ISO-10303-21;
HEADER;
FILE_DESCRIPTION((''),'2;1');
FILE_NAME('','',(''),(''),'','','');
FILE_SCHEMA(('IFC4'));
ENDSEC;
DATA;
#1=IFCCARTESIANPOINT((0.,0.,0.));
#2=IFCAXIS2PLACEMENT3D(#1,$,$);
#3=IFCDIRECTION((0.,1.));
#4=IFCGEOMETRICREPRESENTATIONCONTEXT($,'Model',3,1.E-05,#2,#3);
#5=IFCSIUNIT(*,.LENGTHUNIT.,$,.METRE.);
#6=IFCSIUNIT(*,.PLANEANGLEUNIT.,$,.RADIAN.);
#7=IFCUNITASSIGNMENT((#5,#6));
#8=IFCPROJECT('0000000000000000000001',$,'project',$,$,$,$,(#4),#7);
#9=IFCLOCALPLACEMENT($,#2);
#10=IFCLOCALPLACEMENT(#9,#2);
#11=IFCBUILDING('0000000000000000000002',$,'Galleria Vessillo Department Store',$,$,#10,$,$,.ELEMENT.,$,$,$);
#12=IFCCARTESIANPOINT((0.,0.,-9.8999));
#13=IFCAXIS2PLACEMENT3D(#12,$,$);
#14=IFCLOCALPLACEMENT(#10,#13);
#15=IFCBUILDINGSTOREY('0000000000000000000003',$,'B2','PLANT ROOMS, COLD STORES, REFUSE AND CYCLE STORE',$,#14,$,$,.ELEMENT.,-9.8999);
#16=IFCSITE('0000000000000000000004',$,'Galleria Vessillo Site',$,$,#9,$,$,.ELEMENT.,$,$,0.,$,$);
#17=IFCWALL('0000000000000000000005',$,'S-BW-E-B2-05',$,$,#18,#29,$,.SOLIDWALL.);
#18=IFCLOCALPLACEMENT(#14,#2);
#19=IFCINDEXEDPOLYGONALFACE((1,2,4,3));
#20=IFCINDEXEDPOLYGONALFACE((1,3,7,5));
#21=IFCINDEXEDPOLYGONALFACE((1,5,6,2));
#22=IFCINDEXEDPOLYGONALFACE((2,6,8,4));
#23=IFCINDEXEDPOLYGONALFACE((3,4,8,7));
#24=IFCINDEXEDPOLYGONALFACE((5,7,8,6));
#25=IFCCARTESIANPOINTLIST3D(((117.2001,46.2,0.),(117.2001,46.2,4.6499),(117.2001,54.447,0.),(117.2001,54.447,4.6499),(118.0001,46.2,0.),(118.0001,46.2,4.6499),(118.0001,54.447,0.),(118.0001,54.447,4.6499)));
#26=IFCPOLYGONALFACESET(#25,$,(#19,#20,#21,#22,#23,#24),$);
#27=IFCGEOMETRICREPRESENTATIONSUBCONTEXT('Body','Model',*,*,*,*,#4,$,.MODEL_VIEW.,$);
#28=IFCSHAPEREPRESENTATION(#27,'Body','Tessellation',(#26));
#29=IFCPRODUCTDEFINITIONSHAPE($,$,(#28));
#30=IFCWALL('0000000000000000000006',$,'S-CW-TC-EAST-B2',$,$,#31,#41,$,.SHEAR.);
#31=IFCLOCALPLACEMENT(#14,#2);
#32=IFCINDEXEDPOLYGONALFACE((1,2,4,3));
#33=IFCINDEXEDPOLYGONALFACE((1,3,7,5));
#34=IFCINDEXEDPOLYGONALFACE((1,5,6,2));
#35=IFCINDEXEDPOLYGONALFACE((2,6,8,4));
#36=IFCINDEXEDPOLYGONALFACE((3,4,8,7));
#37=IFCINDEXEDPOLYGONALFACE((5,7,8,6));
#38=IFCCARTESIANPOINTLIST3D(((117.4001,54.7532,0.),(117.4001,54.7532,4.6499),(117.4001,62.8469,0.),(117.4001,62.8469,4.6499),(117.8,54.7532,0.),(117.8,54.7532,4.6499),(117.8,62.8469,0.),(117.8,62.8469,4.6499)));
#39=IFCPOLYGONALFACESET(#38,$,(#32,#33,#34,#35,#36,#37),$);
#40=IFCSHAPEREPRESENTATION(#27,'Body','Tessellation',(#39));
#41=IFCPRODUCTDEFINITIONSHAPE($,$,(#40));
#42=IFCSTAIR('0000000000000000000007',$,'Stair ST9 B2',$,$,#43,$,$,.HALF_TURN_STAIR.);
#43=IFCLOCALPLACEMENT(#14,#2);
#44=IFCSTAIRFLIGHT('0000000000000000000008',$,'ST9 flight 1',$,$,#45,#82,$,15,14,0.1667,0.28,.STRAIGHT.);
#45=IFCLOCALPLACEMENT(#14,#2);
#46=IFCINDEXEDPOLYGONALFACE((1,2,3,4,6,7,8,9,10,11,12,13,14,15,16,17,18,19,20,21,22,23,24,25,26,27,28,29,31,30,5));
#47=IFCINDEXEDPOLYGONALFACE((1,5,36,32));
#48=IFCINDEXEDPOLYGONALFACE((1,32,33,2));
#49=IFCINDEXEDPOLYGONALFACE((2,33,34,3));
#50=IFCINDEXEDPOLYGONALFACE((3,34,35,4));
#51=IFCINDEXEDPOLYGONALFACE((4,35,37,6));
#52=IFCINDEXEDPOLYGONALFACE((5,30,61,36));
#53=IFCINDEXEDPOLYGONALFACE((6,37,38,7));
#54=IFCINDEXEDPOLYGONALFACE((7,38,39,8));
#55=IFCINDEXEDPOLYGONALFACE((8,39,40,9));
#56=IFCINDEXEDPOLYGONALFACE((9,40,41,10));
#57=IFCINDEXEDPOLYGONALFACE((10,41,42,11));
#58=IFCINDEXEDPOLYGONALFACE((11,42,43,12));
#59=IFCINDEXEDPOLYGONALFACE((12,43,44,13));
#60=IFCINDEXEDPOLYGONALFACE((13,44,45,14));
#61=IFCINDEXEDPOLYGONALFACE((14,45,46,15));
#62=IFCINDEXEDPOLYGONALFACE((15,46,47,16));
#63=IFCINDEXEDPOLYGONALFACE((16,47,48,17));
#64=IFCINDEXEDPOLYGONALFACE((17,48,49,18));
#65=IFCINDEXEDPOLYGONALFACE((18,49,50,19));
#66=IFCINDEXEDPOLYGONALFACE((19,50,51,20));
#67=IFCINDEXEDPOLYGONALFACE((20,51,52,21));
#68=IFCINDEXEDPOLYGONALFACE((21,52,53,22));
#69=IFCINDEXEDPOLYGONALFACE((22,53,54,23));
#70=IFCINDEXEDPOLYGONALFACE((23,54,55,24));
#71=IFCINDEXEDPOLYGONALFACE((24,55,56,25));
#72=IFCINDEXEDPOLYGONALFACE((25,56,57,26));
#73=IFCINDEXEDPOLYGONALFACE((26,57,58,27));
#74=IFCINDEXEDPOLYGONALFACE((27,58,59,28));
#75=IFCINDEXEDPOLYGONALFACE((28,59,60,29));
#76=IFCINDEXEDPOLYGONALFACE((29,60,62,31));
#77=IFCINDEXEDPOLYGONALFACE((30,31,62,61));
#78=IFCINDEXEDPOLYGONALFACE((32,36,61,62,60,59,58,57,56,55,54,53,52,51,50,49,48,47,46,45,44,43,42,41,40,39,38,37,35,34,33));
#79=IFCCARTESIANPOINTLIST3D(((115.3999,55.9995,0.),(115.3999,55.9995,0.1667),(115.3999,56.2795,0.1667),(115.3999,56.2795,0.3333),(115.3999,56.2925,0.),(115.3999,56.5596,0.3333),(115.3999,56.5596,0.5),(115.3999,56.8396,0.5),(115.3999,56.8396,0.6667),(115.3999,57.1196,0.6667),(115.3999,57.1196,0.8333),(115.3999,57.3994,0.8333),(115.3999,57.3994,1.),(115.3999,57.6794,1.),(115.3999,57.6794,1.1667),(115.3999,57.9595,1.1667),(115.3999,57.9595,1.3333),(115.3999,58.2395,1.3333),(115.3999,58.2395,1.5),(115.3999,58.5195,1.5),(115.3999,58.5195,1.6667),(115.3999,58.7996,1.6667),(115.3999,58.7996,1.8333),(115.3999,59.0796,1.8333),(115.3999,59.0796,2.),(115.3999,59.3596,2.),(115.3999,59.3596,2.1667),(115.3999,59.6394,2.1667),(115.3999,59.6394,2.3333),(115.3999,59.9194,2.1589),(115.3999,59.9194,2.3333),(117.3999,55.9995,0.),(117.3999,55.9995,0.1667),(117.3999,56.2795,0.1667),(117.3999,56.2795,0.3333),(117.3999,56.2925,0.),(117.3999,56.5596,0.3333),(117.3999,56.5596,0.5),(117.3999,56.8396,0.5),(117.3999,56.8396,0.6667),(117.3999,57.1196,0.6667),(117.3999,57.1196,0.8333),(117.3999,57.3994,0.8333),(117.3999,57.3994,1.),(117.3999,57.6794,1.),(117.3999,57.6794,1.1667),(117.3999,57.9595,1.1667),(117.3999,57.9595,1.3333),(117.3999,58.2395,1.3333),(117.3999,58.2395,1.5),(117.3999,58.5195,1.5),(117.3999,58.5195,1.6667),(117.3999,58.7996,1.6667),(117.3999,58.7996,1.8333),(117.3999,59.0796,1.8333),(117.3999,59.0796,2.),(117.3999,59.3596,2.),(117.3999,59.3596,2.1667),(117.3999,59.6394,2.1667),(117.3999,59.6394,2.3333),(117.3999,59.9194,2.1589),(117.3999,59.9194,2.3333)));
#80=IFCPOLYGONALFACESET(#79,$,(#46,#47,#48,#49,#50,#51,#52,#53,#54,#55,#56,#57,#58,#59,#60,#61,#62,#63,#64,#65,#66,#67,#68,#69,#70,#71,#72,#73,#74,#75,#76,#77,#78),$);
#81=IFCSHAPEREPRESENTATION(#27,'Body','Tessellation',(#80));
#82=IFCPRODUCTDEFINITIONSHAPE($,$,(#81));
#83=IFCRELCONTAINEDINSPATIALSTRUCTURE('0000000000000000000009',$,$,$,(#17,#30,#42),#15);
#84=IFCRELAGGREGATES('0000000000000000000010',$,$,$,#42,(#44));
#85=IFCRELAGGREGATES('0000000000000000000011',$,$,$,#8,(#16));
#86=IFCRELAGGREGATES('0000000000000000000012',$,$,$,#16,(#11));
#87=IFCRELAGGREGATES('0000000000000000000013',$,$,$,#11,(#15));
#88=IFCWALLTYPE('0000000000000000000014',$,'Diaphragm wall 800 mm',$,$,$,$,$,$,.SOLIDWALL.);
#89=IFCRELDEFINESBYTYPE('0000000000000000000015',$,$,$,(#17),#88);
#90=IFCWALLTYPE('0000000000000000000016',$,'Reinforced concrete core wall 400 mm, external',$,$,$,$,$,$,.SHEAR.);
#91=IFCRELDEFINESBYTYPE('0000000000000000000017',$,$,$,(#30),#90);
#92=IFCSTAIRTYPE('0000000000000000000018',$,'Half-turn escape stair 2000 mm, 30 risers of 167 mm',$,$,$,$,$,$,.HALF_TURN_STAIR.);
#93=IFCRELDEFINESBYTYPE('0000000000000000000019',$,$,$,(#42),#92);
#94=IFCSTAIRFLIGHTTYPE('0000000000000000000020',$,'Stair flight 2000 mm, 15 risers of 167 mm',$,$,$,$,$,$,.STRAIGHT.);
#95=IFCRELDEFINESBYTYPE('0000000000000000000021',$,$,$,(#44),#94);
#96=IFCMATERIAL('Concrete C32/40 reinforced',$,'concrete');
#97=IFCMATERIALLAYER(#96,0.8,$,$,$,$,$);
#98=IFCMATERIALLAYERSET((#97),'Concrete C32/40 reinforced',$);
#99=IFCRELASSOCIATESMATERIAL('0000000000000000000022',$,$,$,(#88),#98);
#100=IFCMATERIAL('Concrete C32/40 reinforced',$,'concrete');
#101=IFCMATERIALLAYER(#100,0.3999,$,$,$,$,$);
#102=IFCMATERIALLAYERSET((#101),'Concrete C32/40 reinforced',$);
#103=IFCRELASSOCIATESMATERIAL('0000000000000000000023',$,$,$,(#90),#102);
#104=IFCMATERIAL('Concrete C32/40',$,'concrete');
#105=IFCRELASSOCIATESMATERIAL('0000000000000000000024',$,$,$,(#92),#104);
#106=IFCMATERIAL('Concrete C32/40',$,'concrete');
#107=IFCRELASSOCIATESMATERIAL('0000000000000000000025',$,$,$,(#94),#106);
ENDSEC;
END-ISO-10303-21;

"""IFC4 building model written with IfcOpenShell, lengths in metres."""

from ifc_helpers import new_model, si_unit, direction, frame, frame_2d, origin, place, context, subcontext, project, spatial, polyline, rectangle, outline, extrude, material, layer, layer_set, type_object, element, aggregate, save


model = new_model("IFC4")

# Units and contexts
model_context = context("Model", 3, precision=1e-05, world=origin(), true_north=direction((0.0, 1.0)))
body_context = subcontext(model_context, "Body", "Model", "MODEL_VIEW")
ifc_project = project(units=[si_unit("LENGTHUNIT", "METRE"), si_unit("PLANEANGLEUNIT", "RADIAN")], contexts=[model_context])

# Site, building, storey
site_placement = place(None, origin())
site = spatial("IfcSite", under=ifc_project, at=site_placement, Name="Galleria Vessillo Site", CompositionType="ELEMENT", RefElevation=0.0)
building_placement = place(site_placement, origin())
building = spatial("IfcBuilding", under=site, at=building_placement, Name="Galleria Vessillo Department Store", CompositionType="ELEMENT")
storey_placement = place(building_placement, frame((0.0, 0.0, -9.8999)))
storey = spatial("IfcBuildingStorey", under=building, at=storey_placement, Name="B2", Description="PLANT ROOMS, COLD STORES, REFUSE AND CYCLE STORE", CompositionType="ELEMENT", Elevation=-9.8999)

# Walls
ifc_material_1 = material(Name="Concrete C32/40 reinforced", Category="concrete")
ifc_layer_1 = layer(ifc_material_1, 0.8)
ifc_layer_set_1 = layer_set([ifc_layer_1], Name="Concrete C32/40 reinforced")
wall_type_1 = type_object("IfcWallType", Name="Diaphragm wall 800 mm", PredefinedType="SOLIDWALL", material=ifc_layer_set_1)
wall_1_placement = place(storey_placement, frame((117.6001, 46.2, 0.0), z_axis=(0.0, 0.0, 1.0), x_axis=(0.0, 1.0, 0.0)))
element("IfcWall", 1, at=wall_1_placement, inside=storey, type_object=wall_type_1, Name="S-BW-E-B2-05", PredefinedType="SOLIDWALL", context=body_context, shape_type="SweptSolid", body=[
    extrude(rectangle(XDim=8.2471, YDim=0.8, at=frame_2d((4.1235, 0.0))), origin(), (0.0, 0.0, 1.0), 4.6499),
])
ifc_material_2 = material(Name="Concrete C32/40 reinforced", Category="concrete")
ifc_layer_2 = layer(ifc_material_2, 0.3999)
ifc_layer_set_2 = layer_set([ifc_layer_2], Name="Concrete C32/40 reinforced")
wall_type_2 = type_object("IfcWallType", Name="Reinforced concrete core wall 400 mm, external", PredefinedType="SHEAR", material=ifc_layer_set_2)
wall_2_placement = place(storey_placement, frame((117.6001, 54.7532, 0.0), z_axis=(0.0, 0.0, 1.0), x_axis=(0.0, 1.0, 0.0)))
element("IfcWall", 2, at=wall_2_placement, inside=storey, type_object=wall_type_2, Name="S-CW-TC-EAST-B2", PredefinedType="SHEAR", context=body_context, shape_type="SweptSolid", body=[
    extrude(rectangle(XDim=8.0938, YDim=0.3999, at=frame_2d((4.0469, 0.0))), origin(), (0.0, 0.0, 1.0), 4.6499),
])

# Stair, stair flight
ifc_material_3 = material(Name="Concrete C32/40", Category="concrete")
stair_type = type_object("IfcStairType", Name="Half-turn escape stair 2000 mm, 30 risers of 167 mm", PredefinedType="HALF_TURN_STAIR", material=ifc_material_3)
stair_placement = place(storey_placement, origin())
stair = element("IfcStair", 3, at=stair_placement, inside=storey, type_object=stair_type, Name="Stair ST9 B2", PredefinedType="HALF_TURN_STAIR")
ifc_material_4 = material(Name="Concrete C32/40", Category="concrete")
stair_flight_type = type_object("IfcStairFlightType", Name="Stair flight 2000 mm, 15 risers of 167 mm", PredefinedType="STRAIGHT", material=ifc_material_4)
stair_flight_placement = place(storey_placement, frame((116.3999, 55.9995, 0.0), z_axis=(0.0, 0.0, 1.0), x_axis=(0.0, 1.0, 0.0)))
stair_flight = element("IfcStairFlight", 4, at=stair_flight_placement, type_object=stair_flight_type, Name="ST9 flight 1", NumberOfRisers=15, NumberOfTreads=14, PredefinedType="STRAIGHT", RiserHeight=0.1667, TreadLength=0.28, context=body_context, shape_type="SweptSolid", body=[
    extrude(outline(polyline([(0.0, 0.0), (0.0, 0.1667), (0.28, 0.1667), (0.28, 0.3333), (0.5601, 0.3333), (0.5601, 0.5), (0.8401, 0.5), (0.8401, 0.6667), (1.1201, 0.6667), (1.1201, 0.8333), (1.3999, 0.8333), (1.3999, 1.0), (1.6799, 1.0), (1.6799, 1.1667), (1.96, 1.1667), (1.96, 1.3333), (2.24, 1.3333), (2.24, 1.5), (2.52, 1.5), (2.52, 1.6667), (2.8, 1.6667), (2.8, 1.8333), (3.0801, 1.8333), (3.0801, 2.0), (3.3601, 2.0), (3.3601, 2.1667), (3.6399, 2.1667), (3.6399, 2.3333), (3.9199, 2.3333), (3.9199, 2.5), (3.9199, 2.1589), (0.293, 0.0), (0.0, 0.0)])), frame((0.0, 1.0, 0.0), z_axis=(0.0, -1.0, 0.0), x_axis=(1.0, 0.0, 0.0)), (0.0, 0.0, 1.0), 2.0),
])
aggregate(stair, [stair_flight])

save(model, "model.ifc")
